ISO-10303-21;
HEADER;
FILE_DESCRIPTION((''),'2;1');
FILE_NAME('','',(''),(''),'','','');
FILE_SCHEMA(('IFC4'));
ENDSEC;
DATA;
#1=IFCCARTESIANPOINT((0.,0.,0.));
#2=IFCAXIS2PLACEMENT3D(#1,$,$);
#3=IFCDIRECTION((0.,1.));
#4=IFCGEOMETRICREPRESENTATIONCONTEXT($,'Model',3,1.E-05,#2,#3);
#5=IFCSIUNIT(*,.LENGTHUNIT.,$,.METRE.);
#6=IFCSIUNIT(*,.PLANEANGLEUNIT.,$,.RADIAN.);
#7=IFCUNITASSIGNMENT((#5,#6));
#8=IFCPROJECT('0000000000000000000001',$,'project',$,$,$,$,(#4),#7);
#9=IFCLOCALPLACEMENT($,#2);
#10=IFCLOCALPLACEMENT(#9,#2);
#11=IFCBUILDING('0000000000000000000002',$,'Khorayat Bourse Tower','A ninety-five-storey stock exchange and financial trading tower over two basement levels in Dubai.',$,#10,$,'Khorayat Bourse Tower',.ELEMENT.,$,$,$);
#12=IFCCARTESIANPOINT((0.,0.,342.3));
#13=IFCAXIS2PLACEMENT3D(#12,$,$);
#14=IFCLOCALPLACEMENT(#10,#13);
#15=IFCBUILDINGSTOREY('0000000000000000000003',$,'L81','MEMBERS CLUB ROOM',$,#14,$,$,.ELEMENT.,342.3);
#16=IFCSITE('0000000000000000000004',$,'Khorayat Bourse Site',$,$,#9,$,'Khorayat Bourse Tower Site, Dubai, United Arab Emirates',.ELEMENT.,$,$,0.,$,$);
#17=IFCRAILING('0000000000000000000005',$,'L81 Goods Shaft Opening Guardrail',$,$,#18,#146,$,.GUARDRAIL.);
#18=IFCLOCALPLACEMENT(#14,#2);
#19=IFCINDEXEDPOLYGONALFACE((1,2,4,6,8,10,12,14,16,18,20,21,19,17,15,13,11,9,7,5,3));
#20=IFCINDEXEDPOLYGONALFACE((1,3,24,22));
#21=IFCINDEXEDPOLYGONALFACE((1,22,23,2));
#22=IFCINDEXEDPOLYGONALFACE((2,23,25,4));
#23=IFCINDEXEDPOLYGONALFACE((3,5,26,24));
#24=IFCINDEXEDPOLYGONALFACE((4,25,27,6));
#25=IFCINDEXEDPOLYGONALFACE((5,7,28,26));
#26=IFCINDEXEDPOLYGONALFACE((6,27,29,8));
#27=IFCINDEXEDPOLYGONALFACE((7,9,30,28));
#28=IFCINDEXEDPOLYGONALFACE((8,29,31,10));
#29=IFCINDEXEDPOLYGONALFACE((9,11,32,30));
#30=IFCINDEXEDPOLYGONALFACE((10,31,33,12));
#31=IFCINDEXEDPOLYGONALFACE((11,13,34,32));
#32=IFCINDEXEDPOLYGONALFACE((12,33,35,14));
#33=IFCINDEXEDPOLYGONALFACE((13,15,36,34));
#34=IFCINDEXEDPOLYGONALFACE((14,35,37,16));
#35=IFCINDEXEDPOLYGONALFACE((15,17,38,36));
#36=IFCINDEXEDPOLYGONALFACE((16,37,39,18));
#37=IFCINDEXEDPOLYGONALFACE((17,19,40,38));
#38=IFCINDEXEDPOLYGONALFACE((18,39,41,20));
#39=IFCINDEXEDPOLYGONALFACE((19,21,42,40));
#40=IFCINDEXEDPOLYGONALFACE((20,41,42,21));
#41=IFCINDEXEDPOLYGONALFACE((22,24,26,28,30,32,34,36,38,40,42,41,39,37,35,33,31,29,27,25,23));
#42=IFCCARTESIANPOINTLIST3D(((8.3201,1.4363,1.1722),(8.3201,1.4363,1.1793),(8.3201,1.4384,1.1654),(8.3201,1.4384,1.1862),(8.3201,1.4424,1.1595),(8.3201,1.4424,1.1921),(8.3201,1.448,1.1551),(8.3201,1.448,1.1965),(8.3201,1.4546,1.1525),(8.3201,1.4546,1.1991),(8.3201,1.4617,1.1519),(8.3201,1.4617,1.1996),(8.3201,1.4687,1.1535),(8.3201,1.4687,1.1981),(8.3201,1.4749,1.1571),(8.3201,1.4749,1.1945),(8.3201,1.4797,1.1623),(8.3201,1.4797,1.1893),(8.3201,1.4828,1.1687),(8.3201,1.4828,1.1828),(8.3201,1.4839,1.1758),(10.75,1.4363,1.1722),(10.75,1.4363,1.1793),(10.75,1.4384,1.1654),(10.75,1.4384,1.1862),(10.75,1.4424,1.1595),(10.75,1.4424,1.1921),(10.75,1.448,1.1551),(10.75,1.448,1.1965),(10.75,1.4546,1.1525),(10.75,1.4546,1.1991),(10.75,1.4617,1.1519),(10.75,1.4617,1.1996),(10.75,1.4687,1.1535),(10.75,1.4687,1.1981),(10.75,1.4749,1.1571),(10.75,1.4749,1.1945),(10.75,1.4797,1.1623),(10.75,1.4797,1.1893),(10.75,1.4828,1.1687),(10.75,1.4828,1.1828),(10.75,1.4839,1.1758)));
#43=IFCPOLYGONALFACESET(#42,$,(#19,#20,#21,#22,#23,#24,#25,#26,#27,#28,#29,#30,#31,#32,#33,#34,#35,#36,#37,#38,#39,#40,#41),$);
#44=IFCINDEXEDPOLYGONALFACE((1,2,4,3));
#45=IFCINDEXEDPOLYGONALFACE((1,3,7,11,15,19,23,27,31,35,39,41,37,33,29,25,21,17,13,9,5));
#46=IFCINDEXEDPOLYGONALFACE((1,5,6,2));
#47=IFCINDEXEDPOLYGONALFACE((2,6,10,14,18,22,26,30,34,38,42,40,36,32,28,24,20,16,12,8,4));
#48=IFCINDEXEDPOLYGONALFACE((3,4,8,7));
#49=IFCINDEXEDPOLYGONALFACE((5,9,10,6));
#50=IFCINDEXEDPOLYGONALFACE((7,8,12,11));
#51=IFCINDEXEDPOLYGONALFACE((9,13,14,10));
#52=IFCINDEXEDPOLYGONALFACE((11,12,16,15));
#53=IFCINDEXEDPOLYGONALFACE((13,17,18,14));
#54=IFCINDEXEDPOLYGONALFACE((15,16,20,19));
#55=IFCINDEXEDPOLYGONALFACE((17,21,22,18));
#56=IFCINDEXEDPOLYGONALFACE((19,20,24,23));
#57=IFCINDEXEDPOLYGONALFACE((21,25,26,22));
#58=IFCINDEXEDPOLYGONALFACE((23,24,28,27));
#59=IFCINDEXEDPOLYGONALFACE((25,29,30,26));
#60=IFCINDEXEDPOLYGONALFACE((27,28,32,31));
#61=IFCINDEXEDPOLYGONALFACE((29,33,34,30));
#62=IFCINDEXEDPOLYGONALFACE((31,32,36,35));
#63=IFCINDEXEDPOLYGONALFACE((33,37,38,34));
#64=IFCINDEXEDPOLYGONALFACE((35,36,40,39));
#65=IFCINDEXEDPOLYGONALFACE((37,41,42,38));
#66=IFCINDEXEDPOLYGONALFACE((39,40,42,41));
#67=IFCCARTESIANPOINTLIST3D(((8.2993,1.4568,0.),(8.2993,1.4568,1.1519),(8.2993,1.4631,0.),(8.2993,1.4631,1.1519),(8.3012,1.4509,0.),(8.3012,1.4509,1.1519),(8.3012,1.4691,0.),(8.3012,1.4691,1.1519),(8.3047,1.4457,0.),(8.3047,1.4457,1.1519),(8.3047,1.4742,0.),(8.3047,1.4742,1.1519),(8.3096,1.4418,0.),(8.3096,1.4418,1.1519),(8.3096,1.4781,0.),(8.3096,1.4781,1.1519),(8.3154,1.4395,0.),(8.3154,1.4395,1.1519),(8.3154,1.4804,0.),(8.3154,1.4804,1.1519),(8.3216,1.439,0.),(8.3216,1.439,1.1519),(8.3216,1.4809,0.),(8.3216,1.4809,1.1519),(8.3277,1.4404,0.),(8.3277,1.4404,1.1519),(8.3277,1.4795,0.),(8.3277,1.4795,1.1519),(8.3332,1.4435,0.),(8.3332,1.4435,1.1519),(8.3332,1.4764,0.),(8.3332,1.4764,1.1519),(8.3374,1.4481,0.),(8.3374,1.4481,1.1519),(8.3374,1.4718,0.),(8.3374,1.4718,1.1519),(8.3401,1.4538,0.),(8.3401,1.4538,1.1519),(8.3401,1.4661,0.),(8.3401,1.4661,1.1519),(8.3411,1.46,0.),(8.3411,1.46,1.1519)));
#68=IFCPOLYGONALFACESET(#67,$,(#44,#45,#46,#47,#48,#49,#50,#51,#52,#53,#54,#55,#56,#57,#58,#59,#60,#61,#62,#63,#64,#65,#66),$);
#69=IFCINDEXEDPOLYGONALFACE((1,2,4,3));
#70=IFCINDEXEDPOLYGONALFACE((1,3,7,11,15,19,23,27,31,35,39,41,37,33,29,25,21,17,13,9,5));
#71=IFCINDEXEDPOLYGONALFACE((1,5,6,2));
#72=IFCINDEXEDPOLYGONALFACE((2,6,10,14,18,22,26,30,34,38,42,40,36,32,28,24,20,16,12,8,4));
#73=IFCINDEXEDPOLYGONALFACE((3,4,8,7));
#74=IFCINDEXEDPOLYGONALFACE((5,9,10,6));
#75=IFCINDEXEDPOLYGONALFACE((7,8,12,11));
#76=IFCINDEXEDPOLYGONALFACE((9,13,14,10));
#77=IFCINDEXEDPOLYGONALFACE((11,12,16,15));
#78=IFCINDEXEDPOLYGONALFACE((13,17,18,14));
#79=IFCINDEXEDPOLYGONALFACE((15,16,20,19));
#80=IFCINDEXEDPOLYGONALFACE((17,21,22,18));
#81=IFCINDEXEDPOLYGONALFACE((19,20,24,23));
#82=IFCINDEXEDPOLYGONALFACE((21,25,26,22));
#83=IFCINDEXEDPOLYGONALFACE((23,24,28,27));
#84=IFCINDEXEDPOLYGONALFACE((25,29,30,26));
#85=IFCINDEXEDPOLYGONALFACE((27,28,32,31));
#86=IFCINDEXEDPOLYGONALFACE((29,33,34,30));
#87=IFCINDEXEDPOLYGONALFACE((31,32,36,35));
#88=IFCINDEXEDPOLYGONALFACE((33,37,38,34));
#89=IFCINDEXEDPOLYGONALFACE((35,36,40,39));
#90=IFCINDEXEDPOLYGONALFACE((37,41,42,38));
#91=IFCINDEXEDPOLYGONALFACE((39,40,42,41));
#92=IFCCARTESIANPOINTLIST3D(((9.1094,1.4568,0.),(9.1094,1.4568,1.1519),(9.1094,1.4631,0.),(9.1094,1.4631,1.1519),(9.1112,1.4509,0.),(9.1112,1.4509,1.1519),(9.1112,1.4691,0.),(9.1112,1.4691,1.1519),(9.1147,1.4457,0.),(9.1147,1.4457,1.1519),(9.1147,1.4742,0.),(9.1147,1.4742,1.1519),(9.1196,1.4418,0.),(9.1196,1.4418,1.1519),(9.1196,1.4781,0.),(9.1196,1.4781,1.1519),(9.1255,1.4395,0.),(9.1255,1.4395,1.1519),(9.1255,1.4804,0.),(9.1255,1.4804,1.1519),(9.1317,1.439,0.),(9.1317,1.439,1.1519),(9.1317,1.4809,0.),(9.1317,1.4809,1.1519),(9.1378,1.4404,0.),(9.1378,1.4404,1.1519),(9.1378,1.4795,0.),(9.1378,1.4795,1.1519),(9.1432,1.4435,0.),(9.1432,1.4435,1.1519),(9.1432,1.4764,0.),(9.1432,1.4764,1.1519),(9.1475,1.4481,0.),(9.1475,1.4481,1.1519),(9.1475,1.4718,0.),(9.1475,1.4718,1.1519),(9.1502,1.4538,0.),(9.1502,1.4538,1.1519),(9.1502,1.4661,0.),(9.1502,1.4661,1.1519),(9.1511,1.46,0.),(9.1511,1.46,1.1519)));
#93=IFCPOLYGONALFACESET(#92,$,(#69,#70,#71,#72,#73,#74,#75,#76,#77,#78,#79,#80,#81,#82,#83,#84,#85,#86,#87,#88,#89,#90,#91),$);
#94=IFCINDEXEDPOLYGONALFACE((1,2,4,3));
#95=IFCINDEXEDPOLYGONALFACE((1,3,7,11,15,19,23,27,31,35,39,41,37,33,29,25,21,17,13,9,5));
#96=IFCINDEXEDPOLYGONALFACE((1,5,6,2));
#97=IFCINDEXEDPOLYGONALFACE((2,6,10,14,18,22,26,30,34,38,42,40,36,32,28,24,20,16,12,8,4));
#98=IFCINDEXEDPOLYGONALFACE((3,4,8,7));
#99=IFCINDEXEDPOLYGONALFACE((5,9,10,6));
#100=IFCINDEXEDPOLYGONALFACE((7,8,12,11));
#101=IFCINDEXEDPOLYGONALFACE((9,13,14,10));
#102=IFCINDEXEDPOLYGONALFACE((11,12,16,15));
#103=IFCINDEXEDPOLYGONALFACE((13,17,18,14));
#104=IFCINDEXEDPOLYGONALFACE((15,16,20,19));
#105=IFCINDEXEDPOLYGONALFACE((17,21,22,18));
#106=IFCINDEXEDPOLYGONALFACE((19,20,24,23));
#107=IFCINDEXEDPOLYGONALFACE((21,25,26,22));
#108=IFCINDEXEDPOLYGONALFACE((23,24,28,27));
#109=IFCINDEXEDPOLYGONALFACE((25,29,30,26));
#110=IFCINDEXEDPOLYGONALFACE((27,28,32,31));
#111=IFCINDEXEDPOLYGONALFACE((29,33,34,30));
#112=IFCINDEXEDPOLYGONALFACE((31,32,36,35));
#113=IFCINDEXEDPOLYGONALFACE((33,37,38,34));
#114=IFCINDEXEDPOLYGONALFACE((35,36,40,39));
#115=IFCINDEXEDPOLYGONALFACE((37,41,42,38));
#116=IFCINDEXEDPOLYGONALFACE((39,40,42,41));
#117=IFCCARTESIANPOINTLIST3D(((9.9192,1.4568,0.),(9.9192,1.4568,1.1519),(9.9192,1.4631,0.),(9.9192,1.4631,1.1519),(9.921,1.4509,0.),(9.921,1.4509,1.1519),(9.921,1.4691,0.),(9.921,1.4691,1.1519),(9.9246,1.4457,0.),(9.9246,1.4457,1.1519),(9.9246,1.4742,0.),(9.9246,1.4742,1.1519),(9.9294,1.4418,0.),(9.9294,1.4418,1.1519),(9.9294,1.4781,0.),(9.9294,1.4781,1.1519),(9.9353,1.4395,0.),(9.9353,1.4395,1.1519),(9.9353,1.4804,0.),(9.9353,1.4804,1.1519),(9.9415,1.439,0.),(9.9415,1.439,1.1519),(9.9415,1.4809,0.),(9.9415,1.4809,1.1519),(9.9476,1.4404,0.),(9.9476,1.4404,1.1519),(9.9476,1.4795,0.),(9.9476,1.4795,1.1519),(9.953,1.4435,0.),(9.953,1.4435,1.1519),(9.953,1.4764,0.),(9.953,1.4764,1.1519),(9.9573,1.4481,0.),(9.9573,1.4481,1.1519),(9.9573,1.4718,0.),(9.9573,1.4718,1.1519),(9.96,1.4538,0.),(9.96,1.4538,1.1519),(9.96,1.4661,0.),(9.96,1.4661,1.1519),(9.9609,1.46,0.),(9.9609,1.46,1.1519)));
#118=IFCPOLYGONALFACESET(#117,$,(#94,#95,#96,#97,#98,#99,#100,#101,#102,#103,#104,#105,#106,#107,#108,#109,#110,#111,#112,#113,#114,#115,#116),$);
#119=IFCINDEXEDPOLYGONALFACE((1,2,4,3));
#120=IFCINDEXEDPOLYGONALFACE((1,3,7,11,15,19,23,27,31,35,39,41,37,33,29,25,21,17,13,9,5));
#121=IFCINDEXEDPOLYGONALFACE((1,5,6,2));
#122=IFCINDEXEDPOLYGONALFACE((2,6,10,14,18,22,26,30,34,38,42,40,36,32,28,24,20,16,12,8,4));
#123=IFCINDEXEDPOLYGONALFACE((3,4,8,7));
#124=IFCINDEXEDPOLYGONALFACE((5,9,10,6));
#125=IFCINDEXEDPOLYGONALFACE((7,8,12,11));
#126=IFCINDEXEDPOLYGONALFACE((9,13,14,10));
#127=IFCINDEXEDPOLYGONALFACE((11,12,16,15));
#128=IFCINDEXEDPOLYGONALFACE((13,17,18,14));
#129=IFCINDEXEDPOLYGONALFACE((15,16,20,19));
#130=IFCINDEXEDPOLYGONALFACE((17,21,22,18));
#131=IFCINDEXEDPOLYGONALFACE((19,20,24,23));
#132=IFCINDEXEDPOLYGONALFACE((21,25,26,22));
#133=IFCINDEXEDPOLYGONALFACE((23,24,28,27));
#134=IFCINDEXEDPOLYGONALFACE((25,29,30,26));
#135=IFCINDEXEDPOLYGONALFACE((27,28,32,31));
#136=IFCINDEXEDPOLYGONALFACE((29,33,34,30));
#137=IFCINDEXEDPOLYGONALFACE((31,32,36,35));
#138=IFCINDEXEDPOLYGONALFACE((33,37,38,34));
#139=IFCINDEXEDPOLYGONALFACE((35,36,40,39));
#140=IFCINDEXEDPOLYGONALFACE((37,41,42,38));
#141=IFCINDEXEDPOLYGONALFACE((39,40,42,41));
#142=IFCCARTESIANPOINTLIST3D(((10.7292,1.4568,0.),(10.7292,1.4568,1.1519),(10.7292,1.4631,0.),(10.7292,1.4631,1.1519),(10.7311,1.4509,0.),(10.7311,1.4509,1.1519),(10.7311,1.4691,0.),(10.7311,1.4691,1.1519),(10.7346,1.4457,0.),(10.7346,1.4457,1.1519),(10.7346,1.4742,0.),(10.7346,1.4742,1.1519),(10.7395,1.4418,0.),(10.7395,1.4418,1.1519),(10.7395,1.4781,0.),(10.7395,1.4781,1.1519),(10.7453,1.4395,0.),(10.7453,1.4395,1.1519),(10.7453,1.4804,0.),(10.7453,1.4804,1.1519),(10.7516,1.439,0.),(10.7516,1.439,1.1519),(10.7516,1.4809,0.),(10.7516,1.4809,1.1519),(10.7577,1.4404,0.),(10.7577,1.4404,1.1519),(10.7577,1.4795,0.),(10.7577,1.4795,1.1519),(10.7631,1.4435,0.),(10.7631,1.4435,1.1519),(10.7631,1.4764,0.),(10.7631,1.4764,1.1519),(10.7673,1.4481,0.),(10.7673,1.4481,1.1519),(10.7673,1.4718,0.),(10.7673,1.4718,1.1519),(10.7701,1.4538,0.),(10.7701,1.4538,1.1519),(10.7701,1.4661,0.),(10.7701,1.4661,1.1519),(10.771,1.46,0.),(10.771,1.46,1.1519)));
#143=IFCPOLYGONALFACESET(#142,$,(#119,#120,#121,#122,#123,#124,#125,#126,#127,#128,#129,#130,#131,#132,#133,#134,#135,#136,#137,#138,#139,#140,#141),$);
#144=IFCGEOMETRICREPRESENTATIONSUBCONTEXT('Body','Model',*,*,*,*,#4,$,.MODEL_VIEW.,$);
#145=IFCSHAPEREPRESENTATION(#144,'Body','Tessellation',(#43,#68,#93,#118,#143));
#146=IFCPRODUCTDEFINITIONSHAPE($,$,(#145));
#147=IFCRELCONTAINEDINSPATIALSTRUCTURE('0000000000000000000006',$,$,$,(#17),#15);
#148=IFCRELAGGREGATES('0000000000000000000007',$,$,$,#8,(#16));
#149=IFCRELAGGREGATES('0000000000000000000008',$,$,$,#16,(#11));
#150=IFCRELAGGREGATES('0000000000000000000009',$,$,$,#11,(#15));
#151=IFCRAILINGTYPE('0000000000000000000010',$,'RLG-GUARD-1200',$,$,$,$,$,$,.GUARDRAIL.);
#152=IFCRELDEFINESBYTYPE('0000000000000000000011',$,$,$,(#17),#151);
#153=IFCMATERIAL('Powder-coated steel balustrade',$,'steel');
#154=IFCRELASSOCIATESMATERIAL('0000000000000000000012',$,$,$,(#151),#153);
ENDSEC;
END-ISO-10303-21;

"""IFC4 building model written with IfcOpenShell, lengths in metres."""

from ifc_helpers import new_model, si_unit, direction, frame, origin, origin_2d, place, context, subcontext, project, spatial, circle, extrude, source, transform, mapped, material, type_object, element, save


model = new_model("IFC4")

# Units and contexts
model_context = context("Model", 3, precision=1e-05, world=origin(), true_north=direction((0.0, 1.0)))
body_context = subcontext(model_context, "Body", "Model", "MODEL_VIEW")
ifc_project = project(units=[si_unit("LENGTHUNIT", "METRE"), si_unit("PLANEANGLEUNIT", "RADIAN")], contexts=[model_context])

# Site, building, storey
site_placement = place(None, origin())
site = spatial("IfcSite", under=ifc_project, at=site_placement, Name="Khorayat Bourse Site", LongName="Khorayat Bourse Tower Site, Dubai, United Arab Emirates", CompositionType="ELEMENT", RefElevation=0.0)
building_placement = place(site_placement, origin())
building = spatial("IfcBuilding", under=site, at=building_placement, Name="Khorayat Bourse Tower", Description="A ninety-five-storey stock exchange and financial trading tower over two basement levels in Dubai.", LongName="Khorayat Bourse Tower", CompositionType="ELEMENT")
storey_placement = place(building_placement, frame((0.0, 0.0, 342.3)))
storey = spatial("IfcBuildingStorey", under=building, at=storey_placement, Name="L81", Description="MEMBERS CLUB ROOM", CompositionType="ELEMENT", Elevation=342.3)

# Railing
ifc_material_1 = material(Name="Powder-coated steel balustrade", Category="steel")
railing_type = type_object("IfcRailingType", Name="RLG-GUARD-1200", PredefinedType="GUARDRAIL", material=ifc_material_1)
shared_shape_1 = source(origin(), body_context, "Body", "SweptSolid", [
    extrude(circle(Radius=0.0239, at=origin_2d()), frame((0.0, 0.0, 1.1758), z_axis=(1.0, 0.0, 0.0), x_axis=(0.0, 1.0, 0.0)), (0.0, 0.0, 1.0), 2.4299),
    extrude(circle(Radius=0.021, at=origin_2d()), origin(), (0.0, 0.0, 1.0), 1.1519),
    extrude(circle(Radius=0.021, at=origin_2d()), frame((0.8101, 0.0, 0.0)), (0.0, 0.0, 1.0), 1.1519),
    extrude(circle(Radius=0.021, at=origin_2d()), frame((1.6199, 0.0, 0.0)), (0.0, 0.0, 1.0), 1.1519),
    extrude(circle(Radius=0.021, at=origin_2d()), frame((2.4299, 0.0, 0.0)), (0.0, 0.0, 1.0), 1.1519),
])
railing_placement = place(storey_placement, frame((8.3201, 1.46, 0.0)))
element("IfcRailing", 1, at=railing_placement, inside=storey, type_object=railing_type, Name="L81 Goods Shaft Opening Guardrail", PredefinedType="GUARDRAIL", context=body_context, shape_type="MappedRepresentation", body=[
    mapped(shared_shape_1, transform((0.0, 0.0, 0.0), scale=1.0)),
])

save(model, "model.ifc")
